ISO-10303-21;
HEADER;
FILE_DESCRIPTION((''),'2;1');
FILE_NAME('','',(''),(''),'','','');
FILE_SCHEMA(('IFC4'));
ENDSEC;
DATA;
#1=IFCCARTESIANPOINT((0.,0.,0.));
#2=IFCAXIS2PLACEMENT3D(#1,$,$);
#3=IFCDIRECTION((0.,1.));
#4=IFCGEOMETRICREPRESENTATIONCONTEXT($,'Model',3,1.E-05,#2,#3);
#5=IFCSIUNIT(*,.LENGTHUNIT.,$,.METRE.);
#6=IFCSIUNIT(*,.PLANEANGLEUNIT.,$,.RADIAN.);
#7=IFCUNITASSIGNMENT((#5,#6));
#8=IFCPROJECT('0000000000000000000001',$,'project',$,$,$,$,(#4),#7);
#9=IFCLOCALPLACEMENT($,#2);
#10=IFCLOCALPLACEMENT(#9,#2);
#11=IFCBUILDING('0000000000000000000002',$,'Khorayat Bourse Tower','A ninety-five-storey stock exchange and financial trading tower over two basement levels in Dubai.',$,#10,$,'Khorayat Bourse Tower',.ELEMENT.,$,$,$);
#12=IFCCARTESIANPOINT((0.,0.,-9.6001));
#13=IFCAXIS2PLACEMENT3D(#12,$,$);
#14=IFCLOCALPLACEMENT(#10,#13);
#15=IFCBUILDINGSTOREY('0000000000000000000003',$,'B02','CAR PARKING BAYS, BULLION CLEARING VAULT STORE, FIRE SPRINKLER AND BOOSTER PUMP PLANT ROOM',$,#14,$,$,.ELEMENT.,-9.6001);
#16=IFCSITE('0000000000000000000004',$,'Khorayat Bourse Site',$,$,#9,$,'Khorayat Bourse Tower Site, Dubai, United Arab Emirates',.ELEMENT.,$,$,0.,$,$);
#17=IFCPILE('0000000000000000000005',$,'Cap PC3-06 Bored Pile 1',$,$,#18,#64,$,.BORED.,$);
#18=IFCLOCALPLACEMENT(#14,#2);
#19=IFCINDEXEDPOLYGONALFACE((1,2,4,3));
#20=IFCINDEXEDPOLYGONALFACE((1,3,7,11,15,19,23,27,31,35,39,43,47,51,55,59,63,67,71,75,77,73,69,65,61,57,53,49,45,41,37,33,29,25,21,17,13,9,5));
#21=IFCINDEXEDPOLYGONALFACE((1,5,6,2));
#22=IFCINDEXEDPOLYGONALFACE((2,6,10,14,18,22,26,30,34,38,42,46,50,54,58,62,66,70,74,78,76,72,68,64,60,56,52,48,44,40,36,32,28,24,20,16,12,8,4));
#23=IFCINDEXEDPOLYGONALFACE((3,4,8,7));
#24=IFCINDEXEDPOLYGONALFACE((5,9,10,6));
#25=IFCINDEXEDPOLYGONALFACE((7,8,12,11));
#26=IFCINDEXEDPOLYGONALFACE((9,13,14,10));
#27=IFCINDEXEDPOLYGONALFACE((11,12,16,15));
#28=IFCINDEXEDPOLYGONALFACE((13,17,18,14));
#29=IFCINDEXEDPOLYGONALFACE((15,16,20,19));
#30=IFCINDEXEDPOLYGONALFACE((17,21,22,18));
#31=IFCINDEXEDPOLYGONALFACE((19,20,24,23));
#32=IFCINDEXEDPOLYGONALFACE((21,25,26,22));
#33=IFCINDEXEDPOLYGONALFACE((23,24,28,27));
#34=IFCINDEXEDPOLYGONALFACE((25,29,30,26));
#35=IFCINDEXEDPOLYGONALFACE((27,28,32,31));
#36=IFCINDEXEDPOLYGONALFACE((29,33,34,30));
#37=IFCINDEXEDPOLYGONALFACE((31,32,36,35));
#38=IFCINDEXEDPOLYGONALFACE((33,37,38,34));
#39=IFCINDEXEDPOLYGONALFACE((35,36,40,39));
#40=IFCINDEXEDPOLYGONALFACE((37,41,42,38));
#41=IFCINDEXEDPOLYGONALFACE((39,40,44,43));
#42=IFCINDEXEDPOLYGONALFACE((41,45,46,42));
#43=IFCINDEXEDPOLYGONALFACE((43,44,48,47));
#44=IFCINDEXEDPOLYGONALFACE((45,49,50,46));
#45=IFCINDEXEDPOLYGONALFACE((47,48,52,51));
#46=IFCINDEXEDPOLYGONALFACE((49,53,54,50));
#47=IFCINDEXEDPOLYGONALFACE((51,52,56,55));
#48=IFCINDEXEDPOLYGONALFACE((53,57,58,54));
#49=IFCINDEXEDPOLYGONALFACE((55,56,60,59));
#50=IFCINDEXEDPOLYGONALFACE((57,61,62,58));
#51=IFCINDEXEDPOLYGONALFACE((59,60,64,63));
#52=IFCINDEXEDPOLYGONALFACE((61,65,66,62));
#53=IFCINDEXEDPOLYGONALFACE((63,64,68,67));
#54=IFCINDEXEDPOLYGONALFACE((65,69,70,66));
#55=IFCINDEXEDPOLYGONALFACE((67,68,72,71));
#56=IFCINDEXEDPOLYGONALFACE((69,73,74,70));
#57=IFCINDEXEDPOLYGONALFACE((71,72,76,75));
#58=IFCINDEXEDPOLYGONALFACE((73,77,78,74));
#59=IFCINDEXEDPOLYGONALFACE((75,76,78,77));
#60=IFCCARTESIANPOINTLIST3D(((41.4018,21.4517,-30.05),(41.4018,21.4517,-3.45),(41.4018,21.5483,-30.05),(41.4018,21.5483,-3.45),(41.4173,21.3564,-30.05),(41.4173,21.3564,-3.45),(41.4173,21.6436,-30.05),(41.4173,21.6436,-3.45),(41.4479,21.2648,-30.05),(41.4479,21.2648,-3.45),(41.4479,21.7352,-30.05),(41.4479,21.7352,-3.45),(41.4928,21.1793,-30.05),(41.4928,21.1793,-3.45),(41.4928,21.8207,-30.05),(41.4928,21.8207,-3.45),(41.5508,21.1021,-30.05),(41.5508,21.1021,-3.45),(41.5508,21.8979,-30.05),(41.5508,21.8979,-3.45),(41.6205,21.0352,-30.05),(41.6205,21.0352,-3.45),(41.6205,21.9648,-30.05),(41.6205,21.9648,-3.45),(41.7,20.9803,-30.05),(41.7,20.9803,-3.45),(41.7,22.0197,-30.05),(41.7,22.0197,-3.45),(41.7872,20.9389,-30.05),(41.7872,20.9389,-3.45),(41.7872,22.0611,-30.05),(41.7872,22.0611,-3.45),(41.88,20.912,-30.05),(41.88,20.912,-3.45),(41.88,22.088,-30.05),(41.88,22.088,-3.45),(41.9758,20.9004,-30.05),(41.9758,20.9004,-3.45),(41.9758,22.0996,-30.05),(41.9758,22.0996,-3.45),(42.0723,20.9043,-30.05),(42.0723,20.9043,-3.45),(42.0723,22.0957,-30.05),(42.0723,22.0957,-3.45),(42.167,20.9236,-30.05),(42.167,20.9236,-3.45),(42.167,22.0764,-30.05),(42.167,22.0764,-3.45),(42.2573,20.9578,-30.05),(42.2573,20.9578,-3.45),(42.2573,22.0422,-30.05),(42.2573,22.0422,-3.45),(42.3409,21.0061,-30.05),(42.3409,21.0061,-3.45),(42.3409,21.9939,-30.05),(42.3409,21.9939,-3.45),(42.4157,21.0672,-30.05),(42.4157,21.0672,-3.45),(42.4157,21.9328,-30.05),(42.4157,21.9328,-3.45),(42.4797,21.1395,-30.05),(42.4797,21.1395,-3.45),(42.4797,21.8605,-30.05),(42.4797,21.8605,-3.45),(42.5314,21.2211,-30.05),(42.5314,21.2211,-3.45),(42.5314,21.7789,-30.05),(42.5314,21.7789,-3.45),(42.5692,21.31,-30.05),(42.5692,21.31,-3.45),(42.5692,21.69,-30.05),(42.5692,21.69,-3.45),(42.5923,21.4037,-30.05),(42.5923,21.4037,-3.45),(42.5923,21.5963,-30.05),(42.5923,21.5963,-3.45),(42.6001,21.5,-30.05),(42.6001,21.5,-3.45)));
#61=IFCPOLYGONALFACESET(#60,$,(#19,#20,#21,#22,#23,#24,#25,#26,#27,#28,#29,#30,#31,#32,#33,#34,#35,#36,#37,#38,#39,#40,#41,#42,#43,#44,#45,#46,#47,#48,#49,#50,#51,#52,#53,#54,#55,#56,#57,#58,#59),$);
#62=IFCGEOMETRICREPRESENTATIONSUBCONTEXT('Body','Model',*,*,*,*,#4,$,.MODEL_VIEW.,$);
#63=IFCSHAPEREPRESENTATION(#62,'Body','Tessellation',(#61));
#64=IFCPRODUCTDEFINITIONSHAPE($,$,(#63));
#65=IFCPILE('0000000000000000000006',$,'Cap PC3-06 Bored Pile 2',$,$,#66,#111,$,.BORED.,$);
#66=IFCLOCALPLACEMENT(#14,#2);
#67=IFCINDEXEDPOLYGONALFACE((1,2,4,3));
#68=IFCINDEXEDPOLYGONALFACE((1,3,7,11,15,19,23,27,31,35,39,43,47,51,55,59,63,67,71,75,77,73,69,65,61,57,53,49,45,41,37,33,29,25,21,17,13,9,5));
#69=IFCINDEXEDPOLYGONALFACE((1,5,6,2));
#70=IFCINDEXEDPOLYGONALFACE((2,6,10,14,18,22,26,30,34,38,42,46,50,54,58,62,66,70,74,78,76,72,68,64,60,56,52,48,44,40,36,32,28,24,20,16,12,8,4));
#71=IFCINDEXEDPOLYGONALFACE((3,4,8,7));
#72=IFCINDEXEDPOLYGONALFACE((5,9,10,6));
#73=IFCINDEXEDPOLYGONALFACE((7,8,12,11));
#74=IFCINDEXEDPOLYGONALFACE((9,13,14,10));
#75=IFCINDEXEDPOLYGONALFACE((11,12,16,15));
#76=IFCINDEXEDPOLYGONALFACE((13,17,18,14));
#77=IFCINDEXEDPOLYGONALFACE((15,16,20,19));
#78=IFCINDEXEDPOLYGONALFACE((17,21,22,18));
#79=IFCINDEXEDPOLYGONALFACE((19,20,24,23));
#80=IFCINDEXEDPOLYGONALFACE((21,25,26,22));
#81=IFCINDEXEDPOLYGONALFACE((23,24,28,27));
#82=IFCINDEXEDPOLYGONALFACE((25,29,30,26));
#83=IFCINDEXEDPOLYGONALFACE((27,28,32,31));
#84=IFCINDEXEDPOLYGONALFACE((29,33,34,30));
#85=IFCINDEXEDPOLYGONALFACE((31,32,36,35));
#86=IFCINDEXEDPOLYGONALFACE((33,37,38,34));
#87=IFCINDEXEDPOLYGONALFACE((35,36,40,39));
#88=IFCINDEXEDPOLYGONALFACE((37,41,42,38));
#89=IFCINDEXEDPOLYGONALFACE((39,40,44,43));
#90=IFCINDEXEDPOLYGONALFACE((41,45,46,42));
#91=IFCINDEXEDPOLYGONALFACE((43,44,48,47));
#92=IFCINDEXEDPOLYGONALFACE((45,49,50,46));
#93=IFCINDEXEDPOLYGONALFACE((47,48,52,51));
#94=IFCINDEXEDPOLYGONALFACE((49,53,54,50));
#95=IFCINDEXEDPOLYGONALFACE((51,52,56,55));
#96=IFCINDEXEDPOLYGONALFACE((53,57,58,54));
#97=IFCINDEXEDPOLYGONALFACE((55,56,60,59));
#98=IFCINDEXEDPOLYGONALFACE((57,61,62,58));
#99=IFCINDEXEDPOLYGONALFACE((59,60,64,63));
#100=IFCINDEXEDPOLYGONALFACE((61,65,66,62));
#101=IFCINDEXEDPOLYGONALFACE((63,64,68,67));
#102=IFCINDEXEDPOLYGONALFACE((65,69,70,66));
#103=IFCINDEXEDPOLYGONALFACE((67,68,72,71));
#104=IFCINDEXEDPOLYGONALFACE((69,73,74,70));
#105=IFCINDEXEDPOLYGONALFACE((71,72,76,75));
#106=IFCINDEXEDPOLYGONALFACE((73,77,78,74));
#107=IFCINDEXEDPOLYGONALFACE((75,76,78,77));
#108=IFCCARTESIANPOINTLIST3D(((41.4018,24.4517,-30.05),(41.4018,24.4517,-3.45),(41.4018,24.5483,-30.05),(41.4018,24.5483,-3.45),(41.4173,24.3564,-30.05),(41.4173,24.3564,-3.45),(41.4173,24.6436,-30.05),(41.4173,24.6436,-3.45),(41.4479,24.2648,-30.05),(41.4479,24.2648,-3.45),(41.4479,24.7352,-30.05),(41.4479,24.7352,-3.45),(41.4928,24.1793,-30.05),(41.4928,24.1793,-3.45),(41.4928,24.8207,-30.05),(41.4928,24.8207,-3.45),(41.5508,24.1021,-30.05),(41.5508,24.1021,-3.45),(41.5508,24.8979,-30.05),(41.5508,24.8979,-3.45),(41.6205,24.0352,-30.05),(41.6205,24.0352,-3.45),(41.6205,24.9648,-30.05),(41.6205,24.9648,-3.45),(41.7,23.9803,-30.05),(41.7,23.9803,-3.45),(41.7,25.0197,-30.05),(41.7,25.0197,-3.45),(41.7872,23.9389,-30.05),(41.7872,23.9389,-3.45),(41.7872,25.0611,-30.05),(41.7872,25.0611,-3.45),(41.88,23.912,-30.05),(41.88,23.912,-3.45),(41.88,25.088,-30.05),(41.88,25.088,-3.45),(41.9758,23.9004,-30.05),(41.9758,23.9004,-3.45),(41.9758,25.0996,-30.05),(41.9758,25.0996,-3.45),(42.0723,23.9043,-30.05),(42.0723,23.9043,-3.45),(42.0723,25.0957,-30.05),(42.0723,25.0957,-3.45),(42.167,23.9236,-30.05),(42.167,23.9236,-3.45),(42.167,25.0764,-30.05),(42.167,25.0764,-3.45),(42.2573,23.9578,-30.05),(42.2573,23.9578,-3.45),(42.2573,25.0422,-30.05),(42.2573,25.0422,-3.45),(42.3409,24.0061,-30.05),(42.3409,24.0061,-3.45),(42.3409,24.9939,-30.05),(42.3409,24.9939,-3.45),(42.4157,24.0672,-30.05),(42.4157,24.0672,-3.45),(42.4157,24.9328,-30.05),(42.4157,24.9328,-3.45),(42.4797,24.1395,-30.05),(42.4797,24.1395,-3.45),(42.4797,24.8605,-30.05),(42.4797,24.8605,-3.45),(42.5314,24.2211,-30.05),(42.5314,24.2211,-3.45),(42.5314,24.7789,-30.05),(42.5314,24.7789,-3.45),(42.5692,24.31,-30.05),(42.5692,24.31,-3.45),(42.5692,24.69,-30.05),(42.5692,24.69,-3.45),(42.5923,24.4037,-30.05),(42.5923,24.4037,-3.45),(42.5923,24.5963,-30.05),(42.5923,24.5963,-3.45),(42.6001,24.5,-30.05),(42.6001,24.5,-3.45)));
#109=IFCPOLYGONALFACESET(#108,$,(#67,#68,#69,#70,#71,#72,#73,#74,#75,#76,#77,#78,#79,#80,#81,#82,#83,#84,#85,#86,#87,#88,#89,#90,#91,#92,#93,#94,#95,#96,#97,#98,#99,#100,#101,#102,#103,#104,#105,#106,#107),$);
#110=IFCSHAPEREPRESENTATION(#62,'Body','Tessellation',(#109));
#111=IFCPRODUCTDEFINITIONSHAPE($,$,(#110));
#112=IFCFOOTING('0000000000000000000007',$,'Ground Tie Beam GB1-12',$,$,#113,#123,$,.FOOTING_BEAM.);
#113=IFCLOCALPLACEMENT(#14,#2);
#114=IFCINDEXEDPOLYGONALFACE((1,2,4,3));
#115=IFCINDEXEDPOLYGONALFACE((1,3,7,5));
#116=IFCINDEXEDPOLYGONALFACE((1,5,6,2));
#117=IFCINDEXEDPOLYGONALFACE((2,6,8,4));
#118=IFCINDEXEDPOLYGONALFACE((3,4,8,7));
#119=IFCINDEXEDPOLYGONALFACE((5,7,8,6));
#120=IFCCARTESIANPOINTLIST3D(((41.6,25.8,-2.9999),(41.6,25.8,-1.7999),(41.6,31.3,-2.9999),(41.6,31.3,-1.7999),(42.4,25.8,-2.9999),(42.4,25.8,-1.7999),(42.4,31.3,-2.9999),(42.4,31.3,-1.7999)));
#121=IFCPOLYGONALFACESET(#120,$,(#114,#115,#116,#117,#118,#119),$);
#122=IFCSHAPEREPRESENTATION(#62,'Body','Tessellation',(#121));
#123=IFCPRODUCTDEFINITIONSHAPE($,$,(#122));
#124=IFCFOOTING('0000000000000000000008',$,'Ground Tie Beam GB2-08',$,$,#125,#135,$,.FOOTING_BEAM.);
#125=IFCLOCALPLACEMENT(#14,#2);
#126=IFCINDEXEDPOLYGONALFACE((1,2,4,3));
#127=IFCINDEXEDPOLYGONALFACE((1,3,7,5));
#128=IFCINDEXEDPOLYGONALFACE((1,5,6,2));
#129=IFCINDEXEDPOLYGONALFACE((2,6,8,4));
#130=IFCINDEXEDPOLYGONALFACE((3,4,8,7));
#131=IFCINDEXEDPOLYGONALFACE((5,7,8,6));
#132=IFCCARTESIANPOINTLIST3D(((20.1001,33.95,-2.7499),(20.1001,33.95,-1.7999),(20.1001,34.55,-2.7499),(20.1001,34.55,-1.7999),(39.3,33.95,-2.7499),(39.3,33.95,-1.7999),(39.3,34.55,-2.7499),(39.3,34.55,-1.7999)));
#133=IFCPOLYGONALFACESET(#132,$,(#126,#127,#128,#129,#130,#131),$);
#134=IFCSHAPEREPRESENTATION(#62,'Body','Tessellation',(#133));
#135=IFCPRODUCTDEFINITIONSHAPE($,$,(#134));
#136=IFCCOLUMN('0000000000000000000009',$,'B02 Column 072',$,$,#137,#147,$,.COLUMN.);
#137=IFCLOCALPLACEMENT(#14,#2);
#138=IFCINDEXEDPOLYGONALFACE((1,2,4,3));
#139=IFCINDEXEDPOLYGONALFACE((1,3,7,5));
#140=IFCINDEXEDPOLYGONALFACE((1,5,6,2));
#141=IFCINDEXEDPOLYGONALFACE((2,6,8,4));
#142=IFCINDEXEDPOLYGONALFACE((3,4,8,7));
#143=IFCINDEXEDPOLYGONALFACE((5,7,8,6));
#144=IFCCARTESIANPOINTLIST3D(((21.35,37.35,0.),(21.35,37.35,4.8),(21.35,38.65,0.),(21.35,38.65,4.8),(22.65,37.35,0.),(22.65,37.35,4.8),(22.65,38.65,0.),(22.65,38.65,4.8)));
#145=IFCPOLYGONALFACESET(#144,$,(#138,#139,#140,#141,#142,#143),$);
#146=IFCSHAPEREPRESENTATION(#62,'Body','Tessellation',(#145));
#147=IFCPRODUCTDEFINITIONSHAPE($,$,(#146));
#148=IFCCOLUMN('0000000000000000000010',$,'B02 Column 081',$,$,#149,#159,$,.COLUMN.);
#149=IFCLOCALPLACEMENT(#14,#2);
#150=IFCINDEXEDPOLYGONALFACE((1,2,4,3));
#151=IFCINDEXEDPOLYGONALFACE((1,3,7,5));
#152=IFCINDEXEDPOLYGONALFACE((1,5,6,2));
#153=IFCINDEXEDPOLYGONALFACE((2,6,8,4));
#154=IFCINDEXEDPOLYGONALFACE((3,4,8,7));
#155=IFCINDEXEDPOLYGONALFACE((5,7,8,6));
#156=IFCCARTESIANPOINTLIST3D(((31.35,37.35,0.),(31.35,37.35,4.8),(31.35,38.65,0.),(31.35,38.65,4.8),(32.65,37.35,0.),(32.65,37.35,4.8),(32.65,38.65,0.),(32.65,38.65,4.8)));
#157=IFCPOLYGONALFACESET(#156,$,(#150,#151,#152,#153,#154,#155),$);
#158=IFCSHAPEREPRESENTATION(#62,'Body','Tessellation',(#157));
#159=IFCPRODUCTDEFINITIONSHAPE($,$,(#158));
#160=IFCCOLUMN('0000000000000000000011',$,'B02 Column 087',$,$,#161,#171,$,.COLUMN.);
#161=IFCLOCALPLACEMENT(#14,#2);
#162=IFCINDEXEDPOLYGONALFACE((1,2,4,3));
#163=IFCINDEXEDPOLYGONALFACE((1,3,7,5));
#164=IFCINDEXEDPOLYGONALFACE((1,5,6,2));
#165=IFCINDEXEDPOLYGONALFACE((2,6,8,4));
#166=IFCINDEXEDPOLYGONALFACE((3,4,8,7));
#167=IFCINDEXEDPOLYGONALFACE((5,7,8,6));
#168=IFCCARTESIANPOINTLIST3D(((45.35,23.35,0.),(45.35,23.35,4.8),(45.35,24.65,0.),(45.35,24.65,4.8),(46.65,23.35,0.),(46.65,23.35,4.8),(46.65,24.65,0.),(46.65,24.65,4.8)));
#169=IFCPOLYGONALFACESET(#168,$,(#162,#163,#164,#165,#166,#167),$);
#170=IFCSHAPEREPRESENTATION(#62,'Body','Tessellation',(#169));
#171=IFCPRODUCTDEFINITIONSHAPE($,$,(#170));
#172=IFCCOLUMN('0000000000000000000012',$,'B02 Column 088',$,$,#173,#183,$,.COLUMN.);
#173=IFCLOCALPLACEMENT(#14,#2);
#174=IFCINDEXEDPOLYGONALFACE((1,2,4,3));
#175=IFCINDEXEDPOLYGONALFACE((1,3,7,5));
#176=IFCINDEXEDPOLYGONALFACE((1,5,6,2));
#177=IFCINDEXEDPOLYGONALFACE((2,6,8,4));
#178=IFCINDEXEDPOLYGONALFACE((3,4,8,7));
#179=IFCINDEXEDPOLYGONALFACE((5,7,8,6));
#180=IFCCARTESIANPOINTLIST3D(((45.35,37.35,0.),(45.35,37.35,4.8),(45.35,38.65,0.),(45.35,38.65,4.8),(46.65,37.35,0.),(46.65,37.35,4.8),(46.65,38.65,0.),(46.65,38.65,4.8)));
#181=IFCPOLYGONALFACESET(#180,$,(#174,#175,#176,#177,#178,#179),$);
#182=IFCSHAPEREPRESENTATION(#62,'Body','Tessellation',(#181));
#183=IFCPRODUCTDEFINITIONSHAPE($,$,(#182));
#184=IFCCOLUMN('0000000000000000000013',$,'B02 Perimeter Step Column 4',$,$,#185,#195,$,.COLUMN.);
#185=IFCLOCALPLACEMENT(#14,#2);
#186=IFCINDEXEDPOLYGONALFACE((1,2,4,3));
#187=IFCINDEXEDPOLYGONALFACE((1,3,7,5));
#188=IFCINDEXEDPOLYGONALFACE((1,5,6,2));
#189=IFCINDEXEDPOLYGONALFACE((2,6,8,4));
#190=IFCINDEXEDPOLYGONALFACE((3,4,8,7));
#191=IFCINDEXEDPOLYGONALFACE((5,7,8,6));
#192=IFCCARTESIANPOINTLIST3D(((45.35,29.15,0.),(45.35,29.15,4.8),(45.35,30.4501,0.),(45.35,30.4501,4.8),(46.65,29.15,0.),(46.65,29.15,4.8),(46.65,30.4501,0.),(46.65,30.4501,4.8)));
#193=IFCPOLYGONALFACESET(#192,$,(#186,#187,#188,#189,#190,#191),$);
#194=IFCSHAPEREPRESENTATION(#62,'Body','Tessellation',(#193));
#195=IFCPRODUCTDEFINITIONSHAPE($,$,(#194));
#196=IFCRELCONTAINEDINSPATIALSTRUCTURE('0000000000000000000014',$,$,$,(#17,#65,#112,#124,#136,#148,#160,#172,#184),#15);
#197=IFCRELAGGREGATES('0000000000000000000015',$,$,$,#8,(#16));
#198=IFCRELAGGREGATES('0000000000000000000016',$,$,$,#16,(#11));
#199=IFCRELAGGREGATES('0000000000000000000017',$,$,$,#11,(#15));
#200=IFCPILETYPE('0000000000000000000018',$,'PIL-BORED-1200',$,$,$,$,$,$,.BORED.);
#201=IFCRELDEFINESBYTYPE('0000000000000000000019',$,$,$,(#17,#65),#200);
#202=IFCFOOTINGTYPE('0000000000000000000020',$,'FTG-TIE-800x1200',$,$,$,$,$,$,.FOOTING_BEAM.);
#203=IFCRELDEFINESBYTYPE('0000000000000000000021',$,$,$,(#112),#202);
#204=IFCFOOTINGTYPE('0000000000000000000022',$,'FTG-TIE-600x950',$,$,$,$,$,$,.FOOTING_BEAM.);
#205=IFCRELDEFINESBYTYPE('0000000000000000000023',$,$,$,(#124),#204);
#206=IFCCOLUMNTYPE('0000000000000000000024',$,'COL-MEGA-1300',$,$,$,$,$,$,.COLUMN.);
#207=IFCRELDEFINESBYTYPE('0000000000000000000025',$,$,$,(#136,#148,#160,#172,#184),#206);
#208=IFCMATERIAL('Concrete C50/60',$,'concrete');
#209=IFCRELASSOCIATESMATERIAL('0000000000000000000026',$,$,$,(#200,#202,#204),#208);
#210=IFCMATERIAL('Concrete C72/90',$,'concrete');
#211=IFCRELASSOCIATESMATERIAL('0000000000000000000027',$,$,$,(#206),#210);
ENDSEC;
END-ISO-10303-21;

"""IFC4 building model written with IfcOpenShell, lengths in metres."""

from ifc_helpers import new_model, si_unit, direction, frame, origin, origin_2d, place, context, subcontext, project, spatial, rectangle, circle, extrude, source, transform, mapped, material, material_profile, profile_set, type_object, element, save


model = new_model("IFC4")

# Units and contexts
model_context = context("Model", 3, precision=1e-05, world=origin(), true_north=direction((0.0, 1.0)))
body_context = subcontext(model_context, "Body", "Model", "MODEL_VIEW")
ifc_project = project(units=[si_unit("LENGTHUNIT", "METRE"), si_unit("PLANEANGLEUNIT", "RADIAN")], contexts=[model_context])

# Site, building, storey
site_placement = place(None, origin())
site = spatial("IfcSite", under=ifc_project, at=site_placement, Name="Khorayat Bourse Site", LongName="Khorayat Bourse Tower Site, Dubai, United Arab Emirates", CompositionType="ELEMENT", RefElevation=0.0)
building_placement = place(site_placement, origin())
building = spatial("IfcBuilding", under=site, at=building_placement, Name="Khorayat Bourse Tower", Description="A ninety-five-storey stock exchange and financial trading tower over two basement levels in Dubai.", LongName="Khorayat Bourse Tower", CompositionType="ELEMENT")
storey_placement = place(building_placement, frame((0.0, 0.0, -9.6001)))
storey = spatial("IfcBuildingStorey", under=building, at=storey_placement, Name="B02", Description="CAR PARKING BAYS, BULLION CLEARING VAULT STORE, FIRE SPRINKLER AND BOOSTER PUMP PLANT ROOM", CompositionType="ELEMENT", Elevation=-9.6001)

# Shared definitions
ifc_material_1 = material(Name="Concrete C50/60", Category="concrete")

# Shared definitions
ifc_material_profile_1 = material_profile(ifc_material_1, circle(Radius=0.6001, at=origin_2d()), Name="BORED PILE D1200")
ifc_profile_set_1 = profile_set([ifc_material_profile_1], Name="Concrete C50/60")
pile_type_1 = type_object("IfcPileType", Name="PIL-BORED-1200", PredefinedType="BORED", material=ifc_profile_set_1)

# Piles
shared_shape_1 = source(origin(), body_context, "Body", "SweptSolid", [
    extrude(circle(Radius=0.6001, at=origin_2d()), origin(), (0.0, 0.0, 1.0), 26.6001),
])
for number, where, z_axis, x_axis, name in (
    (1, (42.0, 21.5, -3.45), (0.0, 0.0, -1.0), (1.0, 0.0, 0.0), "Cap PC3-06 Bored Pile 1"),
    (2, (42.0, 24.5, -3.45), (0.0, 0.0, -1.0), (1.0, 0.0, 0.0), "Cap PC3-06 Bored Pile 2"),
):
    element("IfcPile", number, at=place(storey_placement, frame(where, z_axis=z_axis, x_axis=x_axis)), inside=storey, type_object=pile_type_1, Name=name, PredefinedType="BORED", context=body_context, shape_type="MappedRepresentation", body=[
        mapped(shared_shape_1, transform((0.0, 0.0, 0.0), scale=1.0)),
    ])

# Footings
ifc_material_profile_2 = material_profile(ifc_material_1, rectangle(XDim=0.8, YDim=1.2, at=origin_2d()), Name="RC 800x1200")
ifc_profile_set_2 = profile_set([ifc_material_profile_2], Name="Concrete C50/60")
footing_type_1 = type_object("IfcFootingType", Name="FTG-TIE-800x1200", PredefinedType="FOOTING_BEAM", material=ifc_profile_set_2)
shared_shape_2 = source(origin(), body_context, "Body", "SweptSolid", [
    extrude(rectangle(XDim=0.8, YDim=1.2, at=origin_2d()), origin(), (0.0, 0.0, 1.0), 5.5),
])
footing_1_placement = place(storey_placement, frame((42.0, 25.8, -2.3999), z_axis=(0.0, 1.0, 0.0), x_axis=(-1.0, 0.0, 0.0)))
element("IfcFooting", 3, at=footing_1_placement, inside=storey, type_object=footing_type_1, Name="Ground Tie Beam GB1-12", PredefinedType="FOOTING_BEAM", context=body_context, shape_type="MappedRepresentation", body=[
    mapped(shared_shape_2, transform((0.0, 0.0, 0.0), scale=1.0)),
])
ifc_material_profile_3 = material_profile(ifc_material_1, rectangle(XDim=0.6001, YDim=0.95, at=origin_2d()), Name="RC 600x950")
ifc_profile_set_3 = profile_set([ifc_material_profile_3], Name="Concrete C50/60")
footing_type_2 = type_object("IfcFootingType", Name="FTG-TIE-600x950", PredefinedType="FOOTING_BEAM", material=ifc_profile_set_3)
shared_shape_3 = source(origin(), body_context, "Body", "SweptSolid", [
    extrude(rectangle(XDim=0.6001, YDim=0.95, at=origin_2d()), origin(), (0.0, 0.0, 1.0), 19.2),
])
footing_2_placement = place(storey_placement, frame((20.1001, 34.25, -2.2749), z_axis=(1.0, 0.0, 0.0), x_axis=(0.0, 1.0, 0.0)))
element("IfcFooting", 4, at=footing_2_placement, inside=storey, type_object=footing_type_2, Name="Ground Tie Beam GB2-08", PredefinedType="FOOTING_BEAM", context=body_context, shape_type="MappedRepresentation", body=[
    mapped(shared_shape_3, transform((0.0, 0.0, 0.0), scale=1.0)),
])

# Columns
ifc_material_2 = material(Name="Concrete C72/90", Category="concrete")
ifc_material_profile_4 = material_profile(ifc_material_2, rectangle(XDim=1.3, YDim=1.3, at=origin_2d()), Name="RC 1300x1300")
ifc_profile_set_4 = profile_set([ifc_material_profile_4], Name="Concrete C72/90")
column_type_1 = type_object("IfcColumnType", Name="COL-MEGA-1300", PredefinedType="COLUMN", material=ifc_profile_set_4)
shared_shape_4 = source(origin(), body_context, "Body", "SweptSolid", [
    extrude(rectangle(XDim=1.3, YDim=1.3, at=origin_2d()), origin(), (0.0, 0.0, 1.0), 4.8),
])
for number, where, z_axis, x_axis, name in (
    (5, (22.0, 38.0, 0.0), (0.0, 0.0, 1.0), (1.0, 0.0, 0.0), "B02 Column 072"),
    (6, (32.0, 38.0, 0.0), (0.0, 0.0, 1.0), (1.0, 0.0, 0.0), "B02 Column 081"),
    (7, (46.0, 24.0, 0.0), (0.0, 0.0, 1.0), (1.0, 0.0, 0.0), "B02 Column 087"),
    (8, (46.0, 38.0, 0.0), (0.0, 0.0, 1.0), (1.0, 0.0, 0.0), "B02 Column 088"),
    (9, (46.0, 29.8, 0.0), (0.0, 0.0, 1.0), (1.0, 0.0, 0.0), "B02 Perimeter Step Column 4"),
):
    element("IfcColumn", number, at=place(storey_placement, frame(where, z_axis=z_axis, x_axis=x_axis)), inside=storey, type_object=column_type_1, Name=name, PredefinedType="COLUMN", context=body_context, shape_type="MappedRepresentation", body=[
        mapped(shared_shape_4, transform((0.0, 0.0, 0.0), scale=1.0)),
    ])

save(model, "model.ifc")
